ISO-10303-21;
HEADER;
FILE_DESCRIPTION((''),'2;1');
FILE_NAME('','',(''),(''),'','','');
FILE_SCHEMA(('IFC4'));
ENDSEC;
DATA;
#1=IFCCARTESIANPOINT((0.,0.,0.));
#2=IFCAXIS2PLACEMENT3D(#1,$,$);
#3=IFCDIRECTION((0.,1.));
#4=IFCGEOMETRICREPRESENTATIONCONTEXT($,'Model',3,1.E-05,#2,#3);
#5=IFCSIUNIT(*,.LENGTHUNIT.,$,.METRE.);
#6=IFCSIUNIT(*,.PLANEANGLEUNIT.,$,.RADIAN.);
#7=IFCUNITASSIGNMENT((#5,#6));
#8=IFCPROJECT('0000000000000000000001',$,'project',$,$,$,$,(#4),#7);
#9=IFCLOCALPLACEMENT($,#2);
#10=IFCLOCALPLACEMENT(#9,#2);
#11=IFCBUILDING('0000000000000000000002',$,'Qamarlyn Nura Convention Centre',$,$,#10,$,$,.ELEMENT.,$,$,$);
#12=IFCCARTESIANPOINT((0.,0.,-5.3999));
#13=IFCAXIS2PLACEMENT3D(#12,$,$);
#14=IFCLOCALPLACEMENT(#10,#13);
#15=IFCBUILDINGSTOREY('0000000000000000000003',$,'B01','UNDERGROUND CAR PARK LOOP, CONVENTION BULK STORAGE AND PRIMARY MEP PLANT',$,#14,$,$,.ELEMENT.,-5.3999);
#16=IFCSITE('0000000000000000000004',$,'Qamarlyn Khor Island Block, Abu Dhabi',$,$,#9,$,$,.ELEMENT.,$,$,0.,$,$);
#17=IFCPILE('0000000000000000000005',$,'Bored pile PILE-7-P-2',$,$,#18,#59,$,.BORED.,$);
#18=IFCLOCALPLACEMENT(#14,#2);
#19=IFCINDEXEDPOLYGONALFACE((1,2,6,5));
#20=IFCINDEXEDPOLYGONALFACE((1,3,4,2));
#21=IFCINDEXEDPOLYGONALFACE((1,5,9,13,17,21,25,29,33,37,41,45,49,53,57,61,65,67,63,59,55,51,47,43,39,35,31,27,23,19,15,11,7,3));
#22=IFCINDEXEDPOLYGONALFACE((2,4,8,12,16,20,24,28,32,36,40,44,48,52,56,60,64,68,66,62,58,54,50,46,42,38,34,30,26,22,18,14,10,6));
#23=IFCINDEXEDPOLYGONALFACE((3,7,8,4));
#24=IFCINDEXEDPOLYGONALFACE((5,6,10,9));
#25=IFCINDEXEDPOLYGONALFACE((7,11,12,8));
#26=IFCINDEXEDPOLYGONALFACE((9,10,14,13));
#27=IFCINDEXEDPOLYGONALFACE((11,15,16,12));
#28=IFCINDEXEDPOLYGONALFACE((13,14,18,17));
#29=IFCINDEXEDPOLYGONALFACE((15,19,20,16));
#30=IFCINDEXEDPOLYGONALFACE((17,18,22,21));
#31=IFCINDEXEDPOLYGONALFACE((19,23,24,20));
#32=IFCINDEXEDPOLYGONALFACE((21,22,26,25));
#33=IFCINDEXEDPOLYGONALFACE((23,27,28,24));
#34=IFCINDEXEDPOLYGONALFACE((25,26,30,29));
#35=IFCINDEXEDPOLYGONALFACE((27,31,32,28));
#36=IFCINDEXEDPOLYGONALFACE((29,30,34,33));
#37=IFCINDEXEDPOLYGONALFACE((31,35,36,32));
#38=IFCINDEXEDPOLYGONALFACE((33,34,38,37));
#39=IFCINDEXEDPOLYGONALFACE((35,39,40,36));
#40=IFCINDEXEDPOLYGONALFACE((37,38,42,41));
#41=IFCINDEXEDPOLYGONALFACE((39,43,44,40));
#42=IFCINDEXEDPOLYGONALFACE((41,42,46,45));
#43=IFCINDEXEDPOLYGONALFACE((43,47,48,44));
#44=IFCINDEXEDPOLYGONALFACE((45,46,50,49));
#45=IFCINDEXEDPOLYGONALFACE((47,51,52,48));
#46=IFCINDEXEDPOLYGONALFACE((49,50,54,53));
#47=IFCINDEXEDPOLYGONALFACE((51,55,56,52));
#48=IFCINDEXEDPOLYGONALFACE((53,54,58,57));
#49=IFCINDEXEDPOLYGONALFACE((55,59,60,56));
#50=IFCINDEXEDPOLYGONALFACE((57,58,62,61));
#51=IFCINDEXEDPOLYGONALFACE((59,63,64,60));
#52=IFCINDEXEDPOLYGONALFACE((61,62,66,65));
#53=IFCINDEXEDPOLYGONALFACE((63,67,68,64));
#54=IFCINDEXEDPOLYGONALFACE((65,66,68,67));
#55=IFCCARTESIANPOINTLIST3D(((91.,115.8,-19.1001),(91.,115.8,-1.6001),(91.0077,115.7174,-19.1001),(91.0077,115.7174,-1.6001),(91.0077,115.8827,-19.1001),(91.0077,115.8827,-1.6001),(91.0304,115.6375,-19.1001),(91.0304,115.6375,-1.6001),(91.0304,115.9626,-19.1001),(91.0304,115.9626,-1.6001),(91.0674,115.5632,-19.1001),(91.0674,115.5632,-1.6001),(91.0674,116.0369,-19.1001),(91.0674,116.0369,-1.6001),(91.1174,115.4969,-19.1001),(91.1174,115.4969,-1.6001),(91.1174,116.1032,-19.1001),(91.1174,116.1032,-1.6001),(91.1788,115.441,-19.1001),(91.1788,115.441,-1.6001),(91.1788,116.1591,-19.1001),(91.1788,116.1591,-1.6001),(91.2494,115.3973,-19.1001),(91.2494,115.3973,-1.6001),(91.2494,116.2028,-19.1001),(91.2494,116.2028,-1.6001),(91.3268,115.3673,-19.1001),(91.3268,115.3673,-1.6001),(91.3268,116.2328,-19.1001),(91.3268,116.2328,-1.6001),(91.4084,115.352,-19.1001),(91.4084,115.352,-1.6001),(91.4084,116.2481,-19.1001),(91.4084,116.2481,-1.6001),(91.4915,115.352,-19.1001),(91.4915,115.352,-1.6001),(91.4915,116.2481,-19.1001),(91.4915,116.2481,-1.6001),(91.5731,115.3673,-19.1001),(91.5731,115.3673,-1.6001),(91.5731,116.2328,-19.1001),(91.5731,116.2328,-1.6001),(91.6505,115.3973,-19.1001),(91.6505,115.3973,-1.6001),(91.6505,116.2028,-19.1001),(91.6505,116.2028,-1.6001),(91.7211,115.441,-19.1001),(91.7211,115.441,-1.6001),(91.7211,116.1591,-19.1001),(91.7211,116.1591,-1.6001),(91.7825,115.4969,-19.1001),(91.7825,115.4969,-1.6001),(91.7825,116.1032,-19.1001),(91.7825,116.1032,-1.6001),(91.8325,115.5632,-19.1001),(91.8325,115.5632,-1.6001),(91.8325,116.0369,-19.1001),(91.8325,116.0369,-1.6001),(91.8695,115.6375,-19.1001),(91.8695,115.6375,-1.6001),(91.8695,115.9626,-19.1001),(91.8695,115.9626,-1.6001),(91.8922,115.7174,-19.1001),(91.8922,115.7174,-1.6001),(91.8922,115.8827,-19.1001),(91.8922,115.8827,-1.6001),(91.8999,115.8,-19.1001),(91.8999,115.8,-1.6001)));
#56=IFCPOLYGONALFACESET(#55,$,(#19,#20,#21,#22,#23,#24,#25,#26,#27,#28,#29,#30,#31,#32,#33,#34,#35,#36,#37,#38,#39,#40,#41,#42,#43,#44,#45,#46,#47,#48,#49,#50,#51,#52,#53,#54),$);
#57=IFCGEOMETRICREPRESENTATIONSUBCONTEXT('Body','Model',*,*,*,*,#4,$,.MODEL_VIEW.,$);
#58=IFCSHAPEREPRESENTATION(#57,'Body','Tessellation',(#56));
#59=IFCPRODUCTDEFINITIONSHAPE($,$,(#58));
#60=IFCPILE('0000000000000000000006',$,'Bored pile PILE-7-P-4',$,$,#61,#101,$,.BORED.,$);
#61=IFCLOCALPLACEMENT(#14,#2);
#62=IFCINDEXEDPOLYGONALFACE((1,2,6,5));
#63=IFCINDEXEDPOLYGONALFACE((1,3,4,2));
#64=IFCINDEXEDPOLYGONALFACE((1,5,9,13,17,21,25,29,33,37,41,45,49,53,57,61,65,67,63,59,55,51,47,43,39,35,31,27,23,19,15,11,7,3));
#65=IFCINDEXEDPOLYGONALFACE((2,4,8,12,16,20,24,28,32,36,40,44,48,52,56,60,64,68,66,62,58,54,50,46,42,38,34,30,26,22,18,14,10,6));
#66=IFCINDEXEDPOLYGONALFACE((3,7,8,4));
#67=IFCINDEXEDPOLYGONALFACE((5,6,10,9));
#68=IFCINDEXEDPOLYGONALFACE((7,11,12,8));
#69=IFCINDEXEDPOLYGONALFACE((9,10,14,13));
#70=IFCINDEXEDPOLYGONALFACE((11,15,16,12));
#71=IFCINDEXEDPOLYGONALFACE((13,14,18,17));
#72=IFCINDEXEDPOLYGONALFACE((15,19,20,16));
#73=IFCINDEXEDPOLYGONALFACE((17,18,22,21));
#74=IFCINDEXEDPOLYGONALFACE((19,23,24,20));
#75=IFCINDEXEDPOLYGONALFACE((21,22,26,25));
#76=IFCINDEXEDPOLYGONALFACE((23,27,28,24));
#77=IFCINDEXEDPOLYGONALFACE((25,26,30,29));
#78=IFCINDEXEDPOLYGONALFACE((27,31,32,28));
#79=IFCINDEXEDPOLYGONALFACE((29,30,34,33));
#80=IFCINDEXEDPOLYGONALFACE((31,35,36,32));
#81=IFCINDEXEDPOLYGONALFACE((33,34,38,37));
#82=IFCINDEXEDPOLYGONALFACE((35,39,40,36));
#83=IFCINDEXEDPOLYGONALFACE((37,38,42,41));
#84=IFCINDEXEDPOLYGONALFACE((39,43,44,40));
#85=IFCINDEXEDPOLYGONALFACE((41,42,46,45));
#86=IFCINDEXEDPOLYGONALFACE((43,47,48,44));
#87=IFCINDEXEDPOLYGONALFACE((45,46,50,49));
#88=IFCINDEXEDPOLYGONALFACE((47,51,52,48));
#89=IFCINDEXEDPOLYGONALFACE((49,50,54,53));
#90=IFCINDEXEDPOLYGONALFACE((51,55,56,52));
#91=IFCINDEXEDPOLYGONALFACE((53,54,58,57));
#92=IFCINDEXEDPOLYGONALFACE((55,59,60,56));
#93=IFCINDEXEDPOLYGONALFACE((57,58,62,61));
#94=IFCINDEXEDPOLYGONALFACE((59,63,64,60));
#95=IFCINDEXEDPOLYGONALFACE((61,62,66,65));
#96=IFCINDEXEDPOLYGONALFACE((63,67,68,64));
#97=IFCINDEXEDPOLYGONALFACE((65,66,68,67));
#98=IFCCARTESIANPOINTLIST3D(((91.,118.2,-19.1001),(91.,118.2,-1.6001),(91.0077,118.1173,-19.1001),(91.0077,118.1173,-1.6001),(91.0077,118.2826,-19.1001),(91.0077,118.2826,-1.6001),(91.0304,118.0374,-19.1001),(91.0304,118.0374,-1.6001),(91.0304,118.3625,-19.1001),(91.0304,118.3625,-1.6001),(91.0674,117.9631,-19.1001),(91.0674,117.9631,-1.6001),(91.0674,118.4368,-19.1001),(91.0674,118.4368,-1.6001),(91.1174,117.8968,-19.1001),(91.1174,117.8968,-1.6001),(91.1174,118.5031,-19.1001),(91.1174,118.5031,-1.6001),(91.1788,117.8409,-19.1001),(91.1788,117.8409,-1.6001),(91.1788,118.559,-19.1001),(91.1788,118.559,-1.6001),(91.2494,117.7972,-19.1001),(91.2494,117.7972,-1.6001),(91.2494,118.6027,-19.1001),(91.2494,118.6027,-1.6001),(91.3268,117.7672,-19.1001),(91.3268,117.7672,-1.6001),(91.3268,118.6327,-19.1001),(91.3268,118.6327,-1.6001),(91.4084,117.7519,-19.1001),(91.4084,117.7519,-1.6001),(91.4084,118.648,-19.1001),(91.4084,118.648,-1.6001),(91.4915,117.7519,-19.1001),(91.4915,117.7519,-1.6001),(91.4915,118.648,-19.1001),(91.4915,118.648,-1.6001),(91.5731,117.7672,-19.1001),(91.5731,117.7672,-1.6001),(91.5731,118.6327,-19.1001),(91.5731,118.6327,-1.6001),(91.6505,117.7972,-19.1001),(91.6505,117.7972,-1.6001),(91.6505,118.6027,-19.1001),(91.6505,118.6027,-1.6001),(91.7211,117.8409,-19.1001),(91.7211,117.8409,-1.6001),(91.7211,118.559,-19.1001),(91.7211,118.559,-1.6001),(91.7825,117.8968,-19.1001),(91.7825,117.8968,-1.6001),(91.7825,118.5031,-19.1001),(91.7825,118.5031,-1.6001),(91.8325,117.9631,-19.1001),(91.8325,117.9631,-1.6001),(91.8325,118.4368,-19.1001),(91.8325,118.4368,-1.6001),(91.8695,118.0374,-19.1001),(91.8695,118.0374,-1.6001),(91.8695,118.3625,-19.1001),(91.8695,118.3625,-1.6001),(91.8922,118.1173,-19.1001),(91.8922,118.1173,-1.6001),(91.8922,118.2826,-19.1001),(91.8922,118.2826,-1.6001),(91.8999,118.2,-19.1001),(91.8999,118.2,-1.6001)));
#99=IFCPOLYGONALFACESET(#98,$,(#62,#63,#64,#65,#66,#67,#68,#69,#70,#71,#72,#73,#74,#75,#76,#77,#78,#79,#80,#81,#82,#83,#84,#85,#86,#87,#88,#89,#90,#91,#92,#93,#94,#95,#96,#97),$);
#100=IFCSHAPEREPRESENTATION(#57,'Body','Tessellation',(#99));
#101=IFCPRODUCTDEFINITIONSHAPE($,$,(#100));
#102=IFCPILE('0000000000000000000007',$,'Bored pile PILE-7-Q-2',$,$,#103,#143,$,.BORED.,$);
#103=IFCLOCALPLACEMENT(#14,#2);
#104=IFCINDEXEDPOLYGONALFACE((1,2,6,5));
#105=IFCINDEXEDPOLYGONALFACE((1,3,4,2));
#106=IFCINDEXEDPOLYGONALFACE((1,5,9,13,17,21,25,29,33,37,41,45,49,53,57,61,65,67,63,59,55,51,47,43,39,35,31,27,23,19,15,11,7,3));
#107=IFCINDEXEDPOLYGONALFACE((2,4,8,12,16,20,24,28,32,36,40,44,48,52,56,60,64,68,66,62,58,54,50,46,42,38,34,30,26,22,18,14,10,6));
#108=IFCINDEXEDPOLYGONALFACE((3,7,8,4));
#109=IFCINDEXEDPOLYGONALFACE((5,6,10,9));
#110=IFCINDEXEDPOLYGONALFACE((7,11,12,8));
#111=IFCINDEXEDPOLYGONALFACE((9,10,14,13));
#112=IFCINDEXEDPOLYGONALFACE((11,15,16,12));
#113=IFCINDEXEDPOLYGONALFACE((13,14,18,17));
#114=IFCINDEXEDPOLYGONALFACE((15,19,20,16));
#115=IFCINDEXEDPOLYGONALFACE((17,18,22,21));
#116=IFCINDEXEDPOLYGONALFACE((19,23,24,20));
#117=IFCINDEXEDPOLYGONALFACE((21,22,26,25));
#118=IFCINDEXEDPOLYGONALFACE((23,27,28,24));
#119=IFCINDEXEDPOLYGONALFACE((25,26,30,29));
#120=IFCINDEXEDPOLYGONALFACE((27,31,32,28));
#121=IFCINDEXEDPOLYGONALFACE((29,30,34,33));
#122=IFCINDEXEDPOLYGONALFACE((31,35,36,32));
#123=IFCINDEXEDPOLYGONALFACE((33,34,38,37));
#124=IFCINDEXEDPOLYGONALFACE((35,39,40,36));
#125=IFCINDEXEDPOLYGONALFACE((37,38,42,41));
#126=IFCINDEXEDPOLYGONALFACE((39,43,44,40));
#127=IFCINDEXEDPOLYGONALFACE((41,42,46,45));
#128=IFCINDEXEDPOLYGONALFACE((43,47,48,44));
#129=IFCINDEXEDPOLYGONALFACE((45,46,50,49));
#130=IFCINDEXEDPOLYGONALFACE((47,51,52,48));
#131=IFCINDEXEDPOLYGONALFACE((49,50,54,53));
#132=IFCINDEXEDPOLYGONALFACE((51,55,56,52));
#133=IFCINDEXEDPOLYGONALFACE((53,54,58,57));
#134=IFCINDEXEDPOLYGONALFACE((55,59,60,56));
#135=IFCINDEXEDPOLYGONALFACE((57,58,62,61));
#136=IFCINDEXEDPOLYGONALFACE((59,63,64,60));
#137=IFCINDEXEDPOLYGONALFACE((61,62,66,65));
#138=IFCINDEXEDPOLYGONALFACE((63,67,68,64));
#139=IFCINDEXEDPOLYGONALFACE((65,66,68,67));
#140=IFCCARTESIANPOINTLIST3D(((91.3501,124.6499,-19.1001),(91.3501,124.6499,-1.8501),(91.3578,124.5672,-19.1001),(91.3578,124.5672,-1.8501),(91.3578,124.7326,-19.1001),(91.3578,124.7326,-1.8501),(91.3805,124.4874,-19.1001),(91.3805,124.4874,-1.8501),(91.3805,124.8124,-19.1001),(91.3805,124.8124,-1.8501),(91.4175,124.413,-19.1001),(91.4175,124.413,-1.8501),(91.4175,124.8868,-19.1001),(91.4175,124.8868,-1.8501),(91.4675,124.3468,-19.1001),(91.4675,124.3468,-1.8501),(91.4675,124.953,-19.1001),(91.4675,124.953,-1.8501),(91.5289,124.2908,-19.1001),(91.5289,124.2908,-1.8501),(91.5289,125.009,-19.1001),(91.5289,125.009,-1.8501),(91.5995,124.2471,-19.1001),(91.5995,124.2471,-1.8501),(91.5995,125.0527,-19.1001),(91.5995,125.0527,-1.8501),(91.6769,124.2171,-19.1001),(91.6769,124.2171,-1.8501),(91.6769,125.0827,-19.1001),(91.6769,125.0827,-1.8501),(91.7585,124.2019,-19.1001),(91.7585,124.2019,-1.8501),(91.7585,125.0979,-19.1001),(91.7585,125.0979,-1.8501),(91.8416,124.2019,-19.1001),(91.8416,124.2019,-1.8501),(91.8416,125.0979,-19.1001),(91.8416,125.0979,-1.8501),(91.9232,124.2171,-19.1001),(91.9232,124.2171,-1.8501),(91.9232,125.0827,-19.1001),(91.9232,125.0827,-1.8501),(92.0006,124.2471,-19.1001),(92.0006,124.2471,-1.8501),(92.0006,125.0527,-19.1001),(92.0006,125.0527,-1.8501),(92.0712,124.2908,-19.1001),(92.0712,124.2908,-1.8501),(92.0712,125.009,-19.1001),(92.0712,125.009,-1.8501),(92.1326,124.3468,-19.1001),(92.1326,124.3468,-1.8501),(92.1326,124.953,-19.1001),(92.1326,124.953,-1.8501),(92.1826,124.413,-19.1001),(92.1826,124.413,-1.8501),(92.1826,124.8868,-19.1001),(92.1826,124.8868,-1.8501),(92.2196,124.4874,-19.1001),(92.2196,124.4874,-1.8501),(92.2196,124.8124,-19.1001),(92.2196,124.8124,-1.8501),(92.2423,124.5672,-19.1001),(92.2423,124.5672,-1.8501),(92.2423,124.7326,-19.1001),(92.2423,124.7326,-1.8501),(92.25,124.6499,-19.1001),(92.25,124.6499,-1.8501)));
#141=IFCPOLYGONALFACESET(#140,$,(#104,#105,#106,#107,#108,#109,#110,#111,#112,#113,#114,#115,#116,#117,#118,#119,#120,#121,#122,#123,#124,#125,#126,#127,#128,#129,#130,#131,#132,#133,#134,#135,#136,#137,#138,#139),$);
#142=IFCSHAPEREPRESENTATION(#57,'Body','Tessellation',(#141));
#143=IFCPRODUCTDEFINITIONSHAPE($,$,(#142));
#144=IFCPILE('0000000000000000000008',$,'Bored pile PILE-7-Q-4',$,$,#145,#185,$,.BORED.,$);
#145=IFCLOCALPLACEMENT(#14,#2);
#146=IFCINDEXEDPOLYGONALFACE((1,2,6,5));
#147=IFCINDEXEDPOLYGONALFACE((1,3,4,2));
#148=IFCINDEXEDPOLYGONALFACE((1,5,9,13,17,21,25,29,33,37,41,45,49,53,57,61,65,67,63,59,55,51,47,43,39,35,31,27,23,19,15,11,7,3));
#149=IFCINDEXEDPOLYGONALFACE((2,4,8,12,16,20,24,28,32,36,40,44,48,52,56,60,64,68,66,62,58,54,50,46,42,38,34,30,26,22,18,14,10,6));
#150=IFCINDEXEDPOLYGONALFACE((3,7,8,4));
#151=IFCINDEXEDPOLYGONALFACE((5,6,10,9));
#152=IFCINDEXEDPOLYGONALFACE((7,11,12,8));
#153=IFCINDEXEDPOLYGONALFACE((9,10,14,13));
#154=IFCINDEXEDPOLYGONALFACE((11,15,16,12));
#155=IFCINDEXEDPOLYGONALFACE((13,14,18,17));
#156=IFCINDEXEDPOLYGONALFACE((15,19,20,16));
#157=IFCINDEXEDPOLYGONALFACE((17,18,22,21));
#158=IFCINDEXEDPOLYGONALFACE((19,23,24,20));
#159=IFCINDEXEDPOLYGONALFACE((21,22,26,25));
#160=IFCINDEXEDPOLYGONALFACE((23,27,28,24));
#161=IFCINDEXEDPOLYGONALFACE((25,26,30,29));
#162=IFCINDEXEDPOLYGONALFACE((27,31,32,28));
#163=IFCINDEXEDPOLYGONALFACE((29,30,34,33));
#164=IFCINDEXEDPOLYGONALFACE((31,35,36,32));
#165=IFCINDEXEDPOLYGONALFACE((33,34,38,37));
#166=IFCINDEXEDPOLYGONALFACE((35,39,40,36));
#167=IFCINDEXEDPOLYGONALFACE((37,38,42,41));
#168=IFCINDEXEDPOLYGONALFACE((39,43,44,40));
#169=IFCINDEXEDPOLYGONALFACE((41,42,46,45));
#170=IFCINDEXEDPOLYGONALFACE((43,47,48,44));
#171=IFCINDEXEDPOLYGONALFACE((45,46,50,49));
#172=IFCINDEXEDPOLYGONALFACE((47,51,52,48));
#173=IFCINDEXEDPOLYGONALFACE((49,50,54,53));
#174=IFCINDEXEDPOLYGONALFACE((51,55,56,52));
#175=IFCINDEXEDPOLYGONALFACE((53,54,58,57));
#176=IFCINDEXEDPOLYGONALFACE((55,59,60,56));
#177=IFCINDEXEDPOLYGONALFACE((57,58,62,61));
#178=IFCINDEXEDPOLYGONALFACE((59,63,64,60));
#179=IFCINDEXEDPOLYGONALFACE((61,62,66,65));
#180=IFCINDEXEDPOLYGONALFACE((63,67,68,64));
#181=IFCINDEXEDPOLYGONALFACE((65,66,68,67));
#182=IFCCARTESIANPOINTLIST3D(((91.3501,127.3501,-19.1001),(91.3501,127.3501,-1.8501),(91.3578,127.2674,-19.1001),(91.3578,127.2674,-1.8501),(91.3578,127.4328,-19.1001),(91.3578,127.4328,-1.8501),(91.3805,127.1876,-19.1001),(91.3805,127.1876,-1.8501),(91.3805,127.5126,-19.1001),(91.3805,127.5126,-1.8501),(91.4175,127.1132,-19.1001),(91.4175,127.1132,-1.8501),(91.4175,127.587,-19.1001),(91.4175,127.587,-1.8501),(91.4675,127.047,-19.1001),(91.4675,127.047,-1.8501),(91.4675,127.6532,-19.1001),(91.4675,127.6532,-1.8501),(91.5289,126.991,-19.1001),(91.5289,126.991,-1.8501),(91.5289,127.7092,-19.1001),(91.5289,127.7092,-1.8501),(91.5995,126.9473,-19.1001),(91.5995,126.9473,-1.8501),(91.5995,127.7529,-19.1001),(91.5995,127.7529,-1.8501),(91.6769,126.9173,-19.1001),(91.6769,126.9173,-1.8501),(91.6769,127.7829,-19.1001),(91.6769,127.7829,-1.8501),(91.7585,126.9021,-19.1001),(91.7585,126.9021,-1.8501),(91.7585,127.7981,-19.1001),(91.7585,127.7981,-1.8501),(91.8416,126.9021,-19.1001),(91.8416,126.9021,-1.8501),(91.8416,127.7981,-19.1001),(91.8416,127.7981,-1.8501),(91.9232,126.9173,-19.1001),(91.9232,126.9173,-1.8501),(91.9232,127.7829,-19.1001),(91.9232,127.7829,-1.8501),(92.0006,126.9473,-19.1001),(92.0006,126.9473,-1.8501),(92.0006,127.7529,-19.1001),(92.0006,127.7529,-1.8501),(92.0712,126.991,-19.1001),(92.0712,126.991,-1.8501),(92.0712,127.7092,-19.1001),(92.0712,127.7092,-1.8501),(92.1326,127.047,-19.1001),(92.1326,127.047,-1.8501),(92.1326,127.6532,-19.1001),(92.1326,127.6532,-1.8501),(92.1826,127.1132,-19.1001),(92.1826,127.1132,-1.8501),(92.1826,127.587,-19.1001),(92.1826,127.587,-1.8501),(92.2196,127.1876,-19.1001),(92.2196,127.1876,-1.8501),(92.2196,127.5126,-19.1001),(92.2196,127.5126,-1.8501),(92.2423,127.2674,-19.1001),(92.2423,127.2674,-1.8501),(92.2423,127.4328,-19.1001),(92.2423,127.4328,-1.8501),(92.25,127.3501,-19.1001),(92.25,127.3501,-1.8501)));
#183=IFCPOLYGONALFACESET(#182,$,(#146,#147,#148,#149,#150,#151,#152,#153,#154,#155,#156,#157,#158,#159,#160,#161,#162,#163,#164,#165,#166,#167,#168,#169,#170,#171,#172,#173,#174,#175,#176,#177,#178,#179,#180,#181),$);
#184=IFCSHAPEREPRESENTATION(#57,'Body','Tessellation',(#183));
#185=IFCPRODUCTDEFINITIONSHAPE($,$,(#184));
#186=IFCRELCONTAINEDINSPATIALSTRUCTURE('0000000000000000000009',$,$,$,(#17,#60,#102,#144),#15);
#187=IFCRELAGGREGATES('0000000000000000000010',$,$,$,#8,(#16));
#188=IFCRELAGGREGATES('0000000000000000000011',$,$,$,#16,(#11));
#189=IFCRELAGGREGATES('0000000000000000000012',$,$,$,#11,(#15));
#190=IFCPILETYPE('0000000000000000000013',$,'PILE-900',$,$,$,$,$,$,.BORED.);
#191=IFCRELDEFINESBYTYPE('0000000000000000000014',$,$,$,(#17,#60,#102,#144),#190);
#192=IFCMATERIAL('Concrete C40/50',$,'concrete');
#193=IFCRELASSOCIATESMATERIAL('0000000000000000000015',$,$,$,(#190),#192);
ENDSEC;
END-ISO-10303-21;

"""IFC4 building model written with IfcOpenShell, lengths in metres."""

from ifc_helpers import new_model, si_unit, direction, frame, origin, origin_2d, place, context, subcontext, project, spatial, circle, extrude, material, material_profile, profile_set, type_object, element, save


model = new_model("IFC4")

# Units and contexts
model_context = context("Model", 3, precision=1e-05, world=origin(), true_north=direction((0.0, 1.0)))
body_context = subcontext(model_context, "Body", "Model", "MODEL_VIEW")
ifc_project = project(units=[si_unit("LENGTHUNIT", "METRE"), si_unit("PLANEANGLEUNIT", "RADIAN")], contexts=[model_context])

# Site, building, storey
site_placement = place(None, origin())
site = spatial("IfcSite", under=ifc_project, at=site_placement, Name="Qamarlyn Khor Island Block, Abu Dhabi", CompositionType="ELEMENT", RefElevation=0.0)
building_placement = place(site_placement, origin())
building = spatial("IfcBuilding", under=site, at=building_placement, Name="Qamarlyn Nura Convention Centre", CompositionType="ELEMENT")
storey_placement = place(building_placement, frame((0.0, 0.0, -5.3999)))
storey = spatial("IfcBuildingStorey", under=building, at=storey_placement, Name="B01", Description="UNDERGROUND CAR PARK LOOP, CONVENTION BULK STORAGE AND PRIMARY MEP PLANT", CompositionType="ELEMENT", Elevation=-5.3999)

# Shared definitions
ifc_material_1 = material(Name="Concrete C40/50", Category="concrete")

# Piles
ifc_material_profile_1 = material_profile(ifc_material_1, circle(Radius=0.45, at=origin_2d()), Name="BORED PILE 900")
ifc_profile_set_1 = profile_set([ifc_material_profile_1], Name="Concrete C40/50")
pile_type = type_object("IfcPileType", Name="PILE-900", PredefinedType="BORED", material=ifc_profile_set_1)
for number, where, z_axis, x_axis, name in (
    (1, (91.45, 115.8, -1.6001), (0.0, 0.0, -1.0), (1.0, 0.0, 0.0), "Bored pile PILE-7-P-2"),
    (2, (91.45, 118.2, -1.6001), (0.0, 0.0, -1.0), (1.0, 0.0, 0.0), "Bored pile PILE-7-P-4"),
):
    element("IfcPile", number, at=place(storey_placement, frame(where, z_axis=z_axis, x_axis=x_axis)), inside=storey, type_object=pile_type, Name=name, PredefinedType="BORED", context=body_context, shape_type="SweptSolid", body=[
        extrude(circle(Radius=0.45, at=origin_2d()), origin(), (0.0, 0.0, 1.0), 17.5),
    ])
for number, where, z_axis, x_axis, name in (
    (3, (91.8, 124.6499, -1.8501), (0.0, 0.0, -1.0), (1.0, 0.0, 0.0), "Bored pile PILE-7-Q-2"),
    (4, (91.8, 127.3501, -1.8501), (0.0, 0.0, -1.0), (1.0, 0.0, 0.0), "Bored pile PILE-7-Q-4"),
):
    element("IfcPile", number, at=place(storey_placement, frame(where, z_axis=z_axis, x_axis=x_axis)), inside=storey, type_object=pile_type, Name=name, PredefinedType="BORED", context=body_context, shape_type="SweptSolid", body=[
        extrude(circle(Radius=0.45, at=origin_2d()), origin(), (0.0, 0.0, 1.0), 17.25),
    ])

save(model, "model.ifc")
